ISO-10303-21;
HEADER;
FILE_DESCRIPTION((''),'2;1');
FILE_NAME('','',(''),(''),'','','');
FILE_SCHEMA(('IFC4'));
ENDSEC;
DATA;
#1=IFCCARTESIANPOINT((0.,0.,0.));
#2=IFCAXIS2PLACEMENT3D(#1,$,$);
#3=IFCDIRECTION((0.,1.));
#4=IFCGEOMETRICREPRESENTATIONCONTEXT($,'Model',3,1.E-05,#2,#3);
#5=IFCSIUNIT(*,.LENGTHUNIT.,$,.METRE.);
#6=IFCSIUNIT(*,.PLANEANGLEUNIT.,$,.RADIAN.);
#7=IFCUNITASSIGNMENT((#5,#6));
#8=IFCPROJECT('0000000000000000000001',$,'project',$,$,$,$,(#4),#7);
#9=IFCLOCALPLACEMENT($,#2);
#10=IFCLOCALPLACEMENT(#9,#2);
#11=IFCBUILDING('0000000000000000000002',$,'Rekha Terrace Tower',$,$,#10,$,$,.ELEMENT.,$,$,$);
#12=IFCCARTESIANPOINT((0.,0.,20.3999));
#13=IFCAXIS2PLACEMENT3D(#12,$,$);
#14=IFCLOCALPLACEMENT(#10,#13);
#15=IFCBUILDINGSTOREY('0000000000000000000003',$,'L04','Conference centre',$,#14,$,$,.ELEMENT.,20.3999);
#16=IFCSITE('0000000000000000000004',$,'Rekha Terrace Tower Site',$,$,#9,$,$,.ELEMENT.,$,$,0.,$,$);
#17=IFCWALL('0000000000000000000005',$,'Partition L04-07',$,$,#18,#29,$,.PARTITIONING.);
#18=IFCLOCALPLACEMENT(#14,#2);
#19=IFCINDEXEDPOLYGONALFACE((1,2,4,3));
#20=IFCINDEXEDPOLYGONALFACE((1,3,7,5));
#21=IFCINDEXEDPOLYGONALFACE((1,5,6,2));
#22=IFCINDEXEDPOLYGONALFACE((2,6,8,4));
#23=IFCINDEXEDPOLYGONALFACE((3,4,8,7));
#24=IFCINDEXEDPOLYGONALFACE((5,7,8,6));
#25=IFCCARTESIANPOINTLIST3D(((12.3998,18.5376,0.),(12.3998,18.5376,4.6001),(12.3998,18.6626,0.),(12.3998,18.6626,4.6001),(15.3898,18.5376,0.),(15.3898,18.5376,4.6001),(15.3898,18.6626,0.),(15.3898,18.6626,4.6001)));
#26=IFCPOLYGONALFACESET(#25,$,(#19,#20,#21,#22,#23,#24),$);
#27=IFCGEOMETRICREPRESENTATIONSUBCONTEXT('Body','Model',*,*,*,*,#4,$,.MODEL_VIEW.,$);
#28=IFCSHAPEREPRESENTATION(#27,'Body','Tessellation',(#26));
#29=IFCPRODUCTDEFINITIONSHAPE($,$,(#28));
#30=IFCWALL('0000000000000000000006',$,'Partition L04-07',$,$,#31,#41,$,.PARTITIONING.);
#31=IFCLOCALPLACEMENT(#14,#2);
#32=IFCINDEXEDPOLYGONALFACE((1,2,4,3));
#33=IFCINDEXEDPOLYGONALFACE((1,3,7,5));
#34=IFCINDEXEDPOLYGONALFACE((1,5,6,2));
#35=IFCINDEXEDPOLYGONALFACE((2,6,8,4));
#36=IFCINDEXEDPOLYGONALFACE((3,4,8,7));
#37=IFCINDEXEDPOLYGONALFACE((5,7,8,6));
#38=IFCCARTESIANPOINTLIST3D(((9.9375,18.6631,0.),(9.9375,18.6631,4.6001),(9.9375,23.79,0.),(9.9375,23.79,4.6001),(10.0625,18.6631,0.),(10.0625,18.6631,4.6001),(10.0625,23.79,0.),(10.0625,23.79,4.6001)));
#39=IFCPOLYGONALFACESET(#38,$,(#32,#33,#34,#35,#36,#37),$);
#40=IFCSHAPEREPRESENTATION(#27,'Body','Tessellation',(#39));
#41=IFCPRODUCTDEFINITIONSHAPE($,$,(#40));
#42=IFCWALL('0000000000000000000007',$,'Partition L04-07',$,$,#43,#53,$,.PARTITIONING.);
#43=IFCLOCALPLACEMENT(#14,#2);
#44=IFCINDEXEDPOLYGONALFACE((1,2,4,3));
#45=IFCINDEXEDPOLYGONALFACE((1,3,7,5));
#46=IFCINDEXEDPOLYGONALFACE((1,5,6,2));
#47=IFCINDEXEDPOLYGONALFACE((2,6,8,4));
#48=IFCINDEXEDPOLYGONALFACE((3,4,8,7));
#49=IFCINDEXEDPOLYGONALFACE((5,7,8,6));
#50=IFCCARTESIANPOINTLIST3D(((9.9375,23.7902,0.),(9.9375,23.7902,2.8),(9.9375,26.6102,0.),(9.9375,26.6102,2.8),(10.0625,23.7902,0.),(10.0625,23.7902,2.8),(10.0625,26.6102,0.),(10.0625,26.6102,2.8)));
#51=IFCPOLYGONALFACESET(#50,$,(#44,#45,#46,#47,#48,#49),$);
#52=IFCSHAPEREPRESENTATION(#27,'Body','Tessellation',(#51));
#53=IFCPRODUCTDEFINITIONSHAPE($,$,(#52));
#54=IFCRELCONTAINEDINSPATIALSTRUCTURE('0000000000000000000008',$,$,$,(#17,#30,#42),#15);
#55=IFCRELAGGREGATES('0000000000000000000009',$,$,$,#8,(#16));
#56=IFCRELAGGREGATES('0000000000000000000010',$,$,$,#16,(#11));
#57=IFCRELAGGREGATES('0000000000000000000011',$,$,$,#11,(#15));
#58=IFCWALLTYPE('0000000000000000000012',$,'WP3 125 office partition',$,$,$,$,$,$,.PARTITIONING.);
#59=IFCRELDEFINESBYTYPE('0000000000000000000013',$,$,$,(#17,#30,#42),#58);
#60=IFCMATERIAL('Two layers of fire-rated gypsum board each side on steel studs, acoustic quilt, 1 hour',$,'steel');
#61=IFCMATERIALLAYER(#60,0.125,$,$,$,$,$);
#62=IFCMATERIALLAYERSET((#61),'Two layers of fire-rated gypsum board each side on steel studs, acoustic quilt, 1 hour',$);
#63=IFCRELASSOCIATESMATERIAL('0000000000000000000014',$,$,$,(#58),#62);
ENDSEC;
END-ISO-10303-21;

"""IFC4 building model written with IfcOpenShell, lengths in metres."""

from ifc_helpers import new_model, si_unit, direction, frame, frame_2d, origin, place, context, subcontext, project, spatial, rectangle, extrude, material, layer, layer_set, type_object, element, save


model = new_model("IFC4")

# Units and contexts
model_context = context("Model", 3, precision=1e-05, world=origin(), true_north=direction((0.0, 1.0)))
body_context = subcontext(model_context, "Body", "Model", "MODEL_VIEW")
ifc_project = project(units=[si_unit("LENGTHUNIT", "METRE"), si_unit("PLANEANGLEUNIT", "RADIAN")], contexts=[model_context])

# Site, building, storey
site_placement = place(None, origin())
site = spatial("IfcSite", under=ifc_project, at=site_placement, Name="Rekha Terrace Tower Site", CompositionType="ELEMENT", RefElevation=0.0)
building_placement = place(site_placement, origin())
building = spatial("IfcBuilding", under=site, at=building_placement, Name="Rekha Terrace Tower", CompositionType="ELEMENT")
storey_placement = place(building_placement, frame((0.0, 0.0, 20.3999)))
storey = spatial("IfcBuildingStorey", under=building, at=storey_placement, Name="L04", Description="Conference centre", CompositionType="ELEMENT", Elevation=20.3999)

# Walls
ifc_material_1 = material(Name="Two layers of fire-rated gypsum board each side on steel studs, acoustic quilt, 1 hour", Category="steel")
ifc_layer_1 = layer(ifc_material_1, 0.125)
ifc_layer_set_1 = layer_set([ifc_layer_1], Name="Two layers of fire-rated gypsum board each side on steel studs, acoustic quilt, 1 hour")
wall_type_1 = type_object("IfcWallType", Name="WP3 125 office partition", PredefinedType="PARTITIONING", material=ifc_layer_set_1)
wall_1_placement = place(storey_placement, frame((15.3899, 18.6001, 0.0), z_axis=(0.0, 0.0, 1.0), x_axis=(-1.0, 0.0, 0.0)))
element("IfcWall", 1, at=wall_1_placement, inside=storey, type_object=wall_type_1, Name="Partition L04-07", PredefinedType="PARTITIONING", context=body_context, shape_type="SweptSolid", body=[
    extrude(rectangle(XDim=2.99, YDim=0.125, at=frame_2d((1.4951, 0.0))), origin(), (0.0, 0.0, 1.0), 4.6001),
])
wall_2_placement = place(storey_placement, frame((10.0, 18.6631, 0.0), z_axis=(0.0, 0.0, 1.0), x_axis=(0.0, 1.0, 0.0)))
element("IfcWall", 2, at=wall_2_placement, inside=storey, type_object=wall_type_1, Name="Partition L04-07", PredefinedType="PARTITIONING", context=body_context, shape_type="SweptSolid", body=[
    extrude(rectangle(XDim=5.127, YDim=0.125, at=frame_2d((2.5635, 0.0))), origin(), (0.0, 0.0, 1.0), 4.6001),
])
wall_3_placement = place(storey_placement, frame((10.0, 23.79, 0.0), z_axis=(0.0, 0.0, 1.0), x_axis=(0.0, 1.0, 0.0)))
element("IfcWall", 3, at=wall_3_placement, inside=storey, type_object=wall_type_1, Name="Partition L04-07", PredefinedType="PARTITIONING", context=body_context, shape_type="SweptSolid", body=[
    extrude(rectangle(XDim=2.8201, YDim=0.125, at=frame_2d((1.4102, 0.0))), origin(), (0.0, 0.0, 1.0), 2.8),
])

save(model, "model.ifc")
